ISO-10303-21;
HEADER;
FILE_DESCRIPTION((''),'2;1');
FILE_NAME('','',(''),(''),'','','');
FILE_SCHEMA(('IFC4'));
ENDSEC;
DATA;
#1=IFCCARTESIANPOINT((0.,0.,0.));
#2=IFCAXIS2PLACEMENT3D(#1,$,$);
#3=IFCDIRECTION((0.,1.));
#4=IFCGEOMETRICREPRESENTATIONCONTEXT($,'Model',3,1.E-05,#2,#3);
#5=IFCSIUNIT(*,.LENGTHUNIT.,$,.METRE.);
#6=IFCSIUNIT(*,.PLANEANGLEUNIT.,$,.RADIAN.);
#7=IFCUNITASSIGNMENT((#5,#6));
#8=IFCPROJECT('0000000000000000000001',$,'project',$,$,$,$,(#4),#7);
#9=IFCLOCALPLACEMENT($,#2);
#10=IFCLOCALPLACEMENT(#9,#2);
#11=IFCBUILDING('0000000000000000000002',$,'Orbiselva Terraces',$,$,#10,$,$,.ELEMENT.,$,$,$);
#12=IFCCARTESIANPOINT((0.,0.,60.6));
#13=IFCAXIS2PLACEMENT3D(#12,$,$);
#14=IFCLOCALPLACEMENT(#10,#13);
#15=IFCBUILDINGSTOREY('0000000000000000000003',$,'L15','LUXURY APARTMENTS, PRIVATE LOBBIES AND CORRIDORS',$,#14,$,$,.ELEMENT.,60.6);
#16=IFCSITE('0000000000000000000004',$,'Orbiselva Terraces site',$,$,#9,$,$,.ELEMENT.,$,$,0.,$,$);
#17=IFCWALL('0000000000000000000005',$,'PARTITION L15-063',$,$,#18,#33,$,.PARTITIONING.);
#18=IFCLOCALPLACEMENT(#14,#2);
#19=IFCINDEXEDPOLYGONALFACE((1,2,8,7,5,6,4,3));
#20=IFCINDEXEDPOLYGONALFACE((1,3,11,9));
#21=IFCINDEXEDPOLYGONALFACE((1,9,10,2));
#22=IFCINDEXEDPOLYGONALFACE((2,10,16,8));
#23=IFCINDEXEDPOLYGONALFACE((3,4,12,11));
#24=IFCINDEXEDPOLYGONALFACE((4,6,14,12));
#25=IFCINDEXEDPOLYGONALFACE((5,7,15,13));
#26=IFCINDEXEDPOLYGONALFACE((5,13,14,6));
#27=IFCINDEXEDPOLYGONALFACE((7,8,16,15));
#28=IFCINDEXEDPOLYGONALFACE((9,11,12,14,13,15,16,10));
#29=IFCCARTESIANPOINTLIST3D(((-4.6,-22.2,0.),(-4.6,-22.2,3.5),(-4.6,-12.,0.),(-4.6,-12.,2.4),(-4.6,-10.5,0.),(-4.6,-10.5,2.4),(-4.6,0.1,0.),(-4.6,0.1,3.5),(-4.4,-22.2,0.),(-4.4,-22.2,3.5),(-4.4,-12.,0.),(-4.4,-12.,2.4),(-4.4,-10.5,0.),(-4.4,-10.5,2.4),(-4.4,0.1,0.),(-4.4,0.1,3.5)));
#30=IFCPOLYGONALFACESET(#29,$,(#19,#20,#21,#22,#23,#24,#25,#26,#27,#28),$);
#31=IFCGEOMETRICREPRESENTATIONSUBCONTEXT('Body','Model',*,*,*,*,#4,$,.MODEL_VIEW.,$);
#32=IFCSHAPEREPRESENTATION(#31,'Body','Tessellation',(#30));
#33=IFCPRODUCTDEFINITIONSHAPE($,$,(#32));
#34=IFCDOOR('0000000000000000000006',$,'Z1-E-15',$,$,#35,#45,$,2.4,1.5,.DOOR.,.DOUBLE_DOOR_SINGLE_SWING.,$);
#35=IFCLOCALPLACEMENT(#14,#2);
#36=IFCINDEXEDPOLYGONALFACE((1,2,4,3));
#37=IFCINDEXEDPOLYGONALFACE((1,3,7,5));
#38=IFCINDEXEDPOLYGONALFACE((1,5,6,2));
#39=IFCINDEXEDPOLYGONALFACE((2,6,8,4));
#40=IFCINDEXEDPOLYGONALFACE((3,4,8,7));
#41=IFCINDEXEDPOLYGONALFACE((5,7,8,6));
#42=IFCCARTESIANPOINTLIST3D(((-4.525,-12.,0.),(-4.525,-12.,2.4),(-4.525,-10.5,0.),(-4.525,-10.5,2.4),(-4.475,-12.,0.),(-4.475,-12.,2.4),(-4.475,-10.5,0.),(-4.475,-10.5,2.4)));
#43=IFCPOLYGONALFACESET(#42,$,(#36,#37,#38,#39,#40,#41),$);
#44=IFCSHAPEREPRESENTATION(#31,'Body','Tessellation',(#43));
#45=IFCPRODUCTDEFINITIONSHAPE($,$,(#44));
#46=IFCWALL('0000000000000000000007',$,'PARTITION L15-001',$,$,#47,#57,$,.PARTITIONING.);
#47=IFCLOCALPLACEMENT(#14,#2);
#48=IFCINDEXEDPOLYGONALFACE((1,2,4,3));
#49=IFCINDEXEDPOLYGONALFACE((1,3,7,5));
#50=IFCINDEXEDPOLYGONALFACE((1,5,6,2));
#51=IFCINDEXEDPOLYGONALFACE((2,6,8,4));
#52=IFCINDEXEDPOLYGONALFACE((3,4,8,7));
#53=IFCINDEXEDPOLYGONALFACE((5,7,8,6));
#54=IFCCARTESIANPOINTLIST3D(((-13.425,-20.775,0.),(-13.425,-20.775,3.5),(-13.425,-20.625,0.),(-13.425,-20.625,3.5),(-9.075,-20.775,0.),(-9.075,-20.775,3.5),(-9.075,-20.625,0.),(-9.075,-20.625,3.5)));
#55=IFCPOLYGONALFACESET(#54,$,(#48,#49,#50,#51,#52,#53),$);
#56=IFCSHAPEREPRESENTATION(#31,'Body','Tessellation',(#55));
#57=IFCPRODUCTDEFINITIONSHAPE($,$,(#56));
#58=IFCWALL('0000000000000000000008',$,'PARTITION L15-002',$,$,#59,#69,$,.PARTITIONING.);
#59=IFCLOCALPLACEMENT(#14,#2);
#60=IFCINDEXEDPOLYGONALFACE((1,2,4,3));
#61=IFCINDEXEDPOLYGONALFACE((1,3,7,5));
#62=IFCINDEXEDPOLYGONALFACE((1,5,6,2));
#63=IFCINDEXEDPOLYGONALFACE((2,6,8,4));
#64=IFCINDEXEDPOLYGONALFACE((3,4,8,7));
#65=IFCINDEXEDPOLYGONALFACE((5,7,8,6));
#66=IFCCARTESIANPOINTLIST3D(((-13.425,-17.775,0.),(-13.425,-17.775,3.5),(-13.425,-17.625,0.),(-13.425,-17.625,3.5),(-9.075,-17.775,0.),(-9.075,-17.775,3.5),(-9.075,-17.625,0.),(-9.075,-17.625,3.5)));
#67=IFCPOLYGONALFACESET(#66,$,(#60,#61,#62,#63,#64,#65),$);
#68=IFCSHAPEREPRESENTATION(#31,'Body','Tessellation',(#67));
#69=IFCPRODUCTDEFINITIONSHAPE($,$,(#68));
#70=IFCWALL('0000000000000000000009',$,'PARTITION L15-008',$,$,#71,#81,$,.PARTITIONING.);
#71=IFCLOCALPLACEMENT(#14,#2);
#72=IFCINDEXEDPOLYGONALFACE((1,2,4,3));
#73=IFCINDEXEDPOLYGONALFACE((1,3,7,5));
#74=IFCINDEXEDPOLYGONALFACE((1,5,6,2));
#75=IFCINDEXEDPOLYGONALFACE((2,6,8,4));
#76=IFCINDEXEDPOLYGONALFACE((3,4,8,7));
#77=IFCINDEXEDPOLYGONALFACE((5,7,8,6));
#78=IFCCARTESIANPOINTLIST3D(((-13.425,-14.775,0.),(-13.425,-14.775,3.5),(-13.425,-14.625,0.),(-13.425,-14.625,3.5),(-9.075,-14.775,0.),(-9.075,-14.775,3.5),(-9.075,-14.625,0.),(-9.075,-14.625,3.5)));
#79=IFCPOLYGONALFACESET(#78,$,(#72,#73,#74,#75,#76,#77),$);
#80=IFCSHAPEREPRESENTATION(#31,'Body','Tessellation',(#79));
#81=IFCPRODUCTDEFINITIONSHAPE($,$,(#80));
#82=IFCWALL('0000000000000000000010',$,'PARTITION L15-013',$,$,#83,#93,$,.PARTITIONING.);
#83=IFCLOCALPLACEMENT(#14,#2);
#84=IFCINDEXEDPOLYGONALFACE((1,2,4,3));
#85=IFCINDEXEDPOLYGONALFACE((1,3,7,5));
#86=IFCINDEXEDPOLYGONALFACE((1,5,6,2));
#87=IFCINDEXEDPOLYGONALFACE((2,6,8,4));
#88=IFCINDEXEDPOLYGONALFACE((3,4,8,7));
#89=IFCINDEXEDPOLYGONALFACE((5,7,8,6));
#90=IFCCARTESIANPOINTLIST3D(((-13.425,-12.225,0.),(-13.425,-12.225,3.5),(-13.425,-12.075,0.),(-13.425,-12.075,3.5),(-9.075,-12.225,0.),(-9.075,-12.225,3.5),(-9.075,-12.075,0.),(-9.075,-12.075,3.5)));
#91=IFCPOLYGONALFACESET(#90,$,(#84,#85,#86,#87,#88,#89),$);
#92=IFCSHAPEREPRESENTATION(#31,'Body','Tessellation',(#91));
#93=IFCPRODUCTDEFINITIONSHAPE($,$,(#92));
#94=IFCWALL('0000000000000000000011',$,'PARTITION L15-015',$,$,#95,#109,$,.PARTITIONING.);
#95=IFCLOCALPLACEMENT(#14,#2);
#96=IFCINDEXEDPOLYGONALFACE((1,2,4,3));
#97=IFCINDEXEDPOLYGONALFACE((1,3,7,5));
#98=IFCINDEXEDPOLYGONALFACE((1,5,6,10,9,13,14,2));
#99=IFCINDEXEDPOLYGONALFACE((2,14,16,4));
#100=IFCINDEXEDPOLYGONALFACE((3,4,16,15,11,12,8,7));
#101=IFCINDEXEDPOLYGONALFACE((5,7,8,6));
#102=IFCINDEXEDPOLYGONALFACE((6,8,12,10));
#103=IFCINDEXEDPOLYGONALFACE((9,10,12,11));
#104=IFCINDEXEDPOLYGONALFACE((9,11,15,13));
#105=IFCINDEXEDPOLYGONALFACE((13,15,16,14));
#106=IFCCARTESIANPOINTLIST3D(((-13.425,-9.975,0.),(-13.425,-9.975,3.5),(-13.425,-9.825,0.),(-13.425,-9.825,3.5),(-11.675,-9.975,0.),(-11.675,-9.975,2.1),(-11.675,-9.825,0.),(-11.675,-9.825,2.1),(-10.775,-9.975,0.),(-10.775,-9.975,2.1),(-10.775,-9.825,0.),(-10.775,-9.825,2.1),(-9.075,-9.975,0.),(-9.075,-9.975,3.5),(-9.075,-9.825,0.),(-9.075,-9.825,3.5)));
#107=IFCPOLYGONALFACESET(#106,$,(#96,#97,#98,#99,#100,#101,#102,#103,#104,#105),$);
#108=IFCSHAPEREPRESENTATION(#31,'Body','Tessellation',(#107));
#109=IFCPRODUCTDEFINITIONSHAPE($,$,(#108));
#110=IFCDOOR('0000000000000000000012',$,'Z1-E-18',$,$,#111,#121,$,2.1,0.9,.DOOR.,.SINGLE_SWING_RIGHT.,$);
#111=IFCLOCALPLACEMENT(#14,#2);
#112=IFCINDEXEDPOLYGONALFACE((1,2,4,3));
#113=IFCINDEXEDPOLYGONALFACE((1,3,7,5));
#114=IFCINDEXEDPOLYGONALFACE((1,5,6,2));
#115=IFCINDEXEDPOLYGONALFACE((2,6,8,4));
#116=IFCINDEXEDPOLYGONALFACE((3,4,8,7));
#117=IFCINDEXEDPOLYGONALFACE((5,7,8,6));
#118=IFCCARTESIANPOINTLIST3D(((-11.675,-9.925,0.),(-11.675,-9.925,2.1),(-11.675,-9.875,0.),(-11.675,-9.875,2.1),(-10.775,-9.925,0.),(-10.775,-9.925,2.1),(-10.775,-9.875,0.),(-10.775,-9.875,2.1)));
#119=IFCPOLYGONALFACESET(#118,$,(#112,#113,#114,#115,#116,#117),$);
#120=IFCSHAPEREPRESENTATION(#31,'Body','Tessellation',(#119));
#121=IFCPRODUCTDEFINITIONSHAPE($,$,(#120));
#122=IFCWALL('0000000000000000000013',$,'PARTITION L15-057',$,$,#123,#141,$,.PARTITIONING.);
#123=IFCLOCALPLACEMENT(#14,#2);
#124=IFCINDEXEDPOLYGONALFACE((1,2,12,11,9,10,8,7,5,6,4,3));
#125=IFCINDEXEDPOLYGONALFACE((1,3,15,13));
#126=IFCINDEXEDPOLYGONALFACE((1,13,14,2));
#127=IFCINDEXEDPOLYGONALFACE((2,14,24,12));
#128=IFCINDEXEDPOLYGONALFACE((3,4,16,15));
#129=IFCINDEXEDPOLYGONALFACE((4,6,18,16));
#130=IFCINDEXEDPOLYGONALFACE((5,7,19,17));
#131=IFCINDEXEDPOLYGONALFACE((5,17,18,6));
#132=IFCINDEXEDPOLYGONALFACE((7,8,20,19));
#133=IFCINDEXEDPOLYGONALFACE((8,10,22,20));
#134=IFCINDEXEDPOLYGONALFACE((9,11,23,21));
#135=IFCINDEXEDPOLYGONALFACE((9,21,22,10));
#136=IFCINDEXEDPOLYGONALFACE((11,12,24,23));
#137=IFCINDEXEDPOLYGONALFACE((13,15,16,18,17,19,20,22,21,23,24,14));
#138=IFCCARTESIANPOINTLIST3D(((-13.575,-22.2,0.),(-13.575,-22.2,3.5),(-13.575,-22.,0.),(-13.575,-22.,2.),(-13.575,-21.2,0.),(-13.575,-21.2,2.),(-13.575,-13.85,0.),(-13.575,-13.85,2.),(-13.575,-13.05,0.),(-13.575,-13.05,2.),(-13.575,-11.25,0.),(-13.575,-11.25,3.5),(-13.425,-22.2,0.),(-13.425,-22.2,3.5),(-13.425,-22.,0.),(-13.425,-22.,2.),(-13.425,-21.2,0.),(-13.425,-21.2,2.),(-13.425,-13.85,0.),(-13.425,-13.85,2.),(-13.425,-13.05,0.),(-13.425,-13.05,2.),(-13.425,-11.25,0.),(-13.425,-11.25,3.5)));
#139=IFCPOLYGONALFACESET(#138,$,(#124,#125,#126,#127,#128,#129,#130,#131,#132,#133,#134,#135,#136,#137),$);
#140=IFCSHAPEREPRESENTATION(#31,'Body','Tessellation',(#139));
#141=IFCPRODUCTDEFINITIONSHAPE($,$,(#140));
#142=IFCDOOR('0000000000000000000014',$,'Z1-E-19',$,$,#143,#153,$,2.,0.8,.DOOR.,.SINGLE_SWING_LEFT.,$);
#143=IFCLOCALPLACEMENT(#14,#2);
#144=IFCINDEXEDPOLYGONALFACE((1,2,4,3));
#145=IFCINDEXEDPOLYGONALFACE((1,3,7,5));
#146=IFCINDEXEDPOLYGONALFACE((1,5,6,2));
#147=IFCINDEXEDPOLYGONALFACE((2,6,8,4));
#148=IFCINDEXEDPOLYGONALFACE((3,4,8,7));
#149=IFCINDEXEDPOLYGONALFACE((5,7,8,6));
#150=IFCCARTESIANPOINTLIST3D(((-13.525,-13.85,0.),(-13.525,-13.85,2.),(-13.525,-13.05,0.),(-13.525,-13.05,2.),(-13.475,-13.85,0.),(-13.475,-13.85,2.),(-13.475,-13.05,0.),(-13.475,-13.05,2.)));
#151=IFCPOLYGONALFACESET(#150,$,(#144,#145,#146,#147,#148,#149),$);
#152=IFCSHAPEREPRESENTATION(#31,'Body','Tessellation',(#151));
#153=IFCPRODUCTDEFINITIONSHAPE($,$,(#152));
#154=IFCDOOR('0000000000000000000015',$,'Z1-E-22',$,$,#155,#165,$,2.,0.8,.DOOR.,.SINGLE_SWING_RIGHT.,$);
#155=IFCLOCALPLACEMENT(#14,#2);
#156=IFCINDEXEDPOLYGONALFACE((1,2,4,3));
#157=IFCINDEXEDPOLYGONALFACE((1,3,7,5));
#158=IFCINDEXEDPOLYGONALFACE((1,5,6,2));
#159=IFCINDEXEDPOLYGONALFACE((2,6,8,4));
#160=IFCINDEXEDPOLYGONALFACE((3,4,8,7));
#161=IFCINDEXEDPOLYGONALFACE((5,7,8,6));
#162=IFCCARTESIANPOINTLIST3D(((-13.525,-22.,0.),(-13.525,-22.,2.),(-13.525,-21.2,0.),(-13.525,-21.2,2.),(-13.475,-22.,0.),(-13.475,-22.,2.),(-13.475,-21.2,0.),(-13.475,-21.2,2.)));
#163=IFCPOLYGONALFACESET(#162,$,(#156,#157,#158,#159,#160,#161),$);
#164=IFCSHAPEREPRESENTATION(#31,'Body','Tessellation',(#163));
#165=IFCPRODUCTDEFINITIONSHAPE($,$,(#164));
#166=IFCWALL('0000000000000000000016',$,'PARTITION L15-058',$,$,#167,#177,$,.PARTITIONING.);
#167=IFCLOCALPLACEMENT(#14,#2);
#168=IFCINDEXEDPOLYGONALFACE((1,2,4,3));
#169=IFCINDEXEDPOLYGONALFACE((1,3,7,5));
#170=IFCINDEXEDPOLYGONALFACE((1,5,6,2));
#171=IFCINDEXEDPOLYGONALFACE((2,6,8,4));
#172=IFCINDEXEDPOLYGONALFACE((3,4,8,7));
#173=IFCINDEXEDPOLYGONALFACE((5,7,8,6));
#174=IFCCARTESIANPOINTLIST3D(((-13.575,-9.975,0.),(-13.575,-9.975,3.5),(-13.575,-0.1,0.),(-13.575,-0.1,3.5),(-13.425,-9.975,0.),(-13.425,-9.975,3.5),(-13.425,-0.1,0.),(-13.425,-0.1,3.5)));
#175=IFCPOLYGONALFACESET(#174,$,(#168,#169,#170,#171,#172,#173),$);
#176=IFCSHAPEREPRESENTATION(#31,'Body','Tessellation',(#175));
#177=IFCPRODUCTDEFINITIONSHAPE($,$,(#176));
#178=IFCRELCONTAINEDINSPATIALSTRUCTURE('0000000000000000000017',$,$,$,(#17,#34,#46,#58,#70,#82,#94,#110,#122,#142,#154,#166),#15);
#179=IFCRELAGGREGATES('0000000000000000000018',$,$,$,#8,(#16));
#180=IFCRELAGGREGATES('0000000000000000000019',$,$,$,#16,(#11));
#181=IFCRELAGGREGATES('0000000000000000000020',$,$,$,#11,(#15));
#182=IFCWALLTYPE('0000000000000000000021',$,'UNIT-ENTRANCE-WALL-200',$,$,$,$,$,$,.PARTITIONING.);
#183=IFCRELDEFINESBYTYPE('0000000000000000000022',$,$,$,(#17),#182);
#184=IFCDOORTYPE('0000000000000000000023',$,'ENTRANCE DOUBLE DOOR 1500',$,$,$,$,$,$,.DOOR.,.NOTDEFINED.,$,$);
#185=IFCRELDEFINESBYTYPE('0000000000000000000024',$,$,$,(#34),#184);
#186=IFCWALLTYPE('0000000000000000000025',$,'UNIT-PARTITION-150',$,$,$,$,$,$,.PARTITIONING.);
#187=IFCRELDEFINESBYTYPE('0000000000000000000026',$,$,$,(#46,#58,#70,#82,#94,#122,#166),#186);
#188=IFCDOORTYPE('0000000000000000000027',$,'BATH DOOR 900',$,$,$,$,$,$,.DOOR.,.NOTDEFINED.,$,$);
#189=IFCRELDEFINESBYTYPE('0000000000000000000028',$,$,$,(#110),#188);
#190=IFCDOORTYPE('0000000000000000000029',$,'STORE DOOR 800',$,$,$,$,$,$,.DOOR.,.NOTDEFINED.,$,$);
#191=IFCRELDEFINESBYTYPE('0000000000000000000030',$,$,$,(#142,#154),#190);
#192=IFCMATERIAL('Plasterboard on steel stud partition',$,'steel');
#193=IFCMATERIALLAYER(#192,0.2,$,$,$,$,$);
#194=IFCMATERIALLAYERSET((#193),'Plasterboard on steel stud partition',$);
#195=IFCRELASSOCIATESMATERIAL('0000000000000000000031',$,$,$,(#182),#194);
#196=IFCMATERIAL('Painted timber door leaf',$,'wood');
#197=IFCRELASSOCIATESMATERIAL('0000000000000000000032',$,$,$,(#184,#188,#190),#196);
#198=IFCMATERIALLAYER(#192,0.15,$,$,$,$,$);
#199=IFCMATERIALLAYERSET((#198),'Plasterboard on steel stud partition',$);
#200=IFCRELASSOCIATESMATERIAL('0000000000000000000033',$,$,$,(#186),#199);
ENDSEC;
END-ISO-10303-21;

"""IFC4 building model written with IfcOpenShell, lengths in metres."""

from ifc_helpers import new_model, si_unit, direction, frame, frame_2d, origin, place, context, subcontext, project, spatial, rectangle, extrude, material, layer, layer_set, type_object, element, fill, save


model = new_model("IFC4")

# Units and contexts
model_context = context("Model", 3, precision=1e-05, world=origin(), true_north=direction((0.0, 1.0)))
body_context = subcontext(model_context, "Body", "Model", "MODEL_VIEW")
ifc_project = project(units=[si_unit("LENGTHUNIT", "METRE"), si_unit("PLANEANGLEUNIT", "RADIAN")], contexts=[model_context])

# Site, building, storey
site_placement = place(None, origin())
site = spatial("IfcSite", under=ifc_project, at=site_placement, Name="Orbiselva Terraces site", CompositionType="ELEMENT", RefElevation=0.0)
building_placement = place(site_placement, origin())
building = spatial("IfcBuilding", under=site, at=building_placement, Name="Orbiselva Terraces", CompositionType="ELEMENT")
storey_placement = place(building_placement, frame((0.0, 0.0, 60.6)))
storey = spatial("IfcBuildingStorey", under=building, at=storey_placement, Name="L15", Description="LUXURY APARTMENTS, PRIVATE LOBBIES AND CORRIDORS", CompositionType="ELEMENT", Elevation=60.6)

# Wall, opening, door
ifc_material_1 = material(Name="Plasterboard on steel stud partition", Category="steel")
ifc_layer_1 = layer(ifc_material_1, 0.2)
ifc_layer_set_1 = layer_set([ifc_layer_1], Name="Plasterboard on steel stud partition")
wall_type_1 = type_object("IfcWallType", Name="UNIT-ENTRANCE-WALL-200", PredefinedType="PARTITIONING", material=ifc_layer_set_1)
wall_1_placement = place(storey_placement, frame((-4.5, -22.2, 0.0), z_axis=(0.0, 0.0, 1.0), x_axis=(0.0, 1.0, 0.0)))
wall_1 = element("IfcWall", 1, at=wall_1_placement, inside=storey, type_object=wall_type_1, Name="PARTITION L15-063", PredefinedType="PARTITIONING", context=body_context, shape_type="SweptSolid", body=[
    extrude(rectangle(XDim=22.3, YDim=0.2, at=frame_2d((11.15, 0.0))), origin(), (0.0, 0.0, 1.0), 3.5),
])
opening_1_placement = place(wall_1_placement, frame((10.2, 0.0, 0.0)))
opening_1 = element("IfcOpeningElement", 2, at=opening_1_placement, cuts=wall_1, PredefinedType="OPENING", context=body_context, shape_type="SweptSolid", body=[
    extrude(rectangle(XDim=1.5, YDim=2.4, at=frame_2d((0.75, 1.2))), frame((0.0, 0.11, 0.0), z_axis=(0.0, -1.0, 0.0), x_axis=(1.0, 0.0, 0.0)), (0.0, 0.0, 1.0), 0.22),
])
ifc_material_2 = material(Name="Painted timber door leaf", Category="wood")
door_type_1 = type_object("IfcDoorType", Name="ENTRANCE DOUBLE DOOR 1500", OperationType="NOTDEFINED", PredefinedType="DOOR", material=ifc_material_2)
door_1_placement = place(opening_1_placement, origin())
door_1 = element("IfcDoor", 3, at=door_1_placement, inside=storey, type_object=door_type_1, Name="Z1-E-15", OperationType="DOUBLE_DOOR_SINGLE_SWING", OverallHeight=2.4, OverallWidth=1.5, PredefinedType="DOOR", context=body_context, shape_type="SweptSolid", body=[
    extrude(rectangle(XDim=1.5, YDim=2.4, at=frame_2d((0.75, 1.2))), frame((0.0, 0.025, 0.0), z_axis=(0.0, -1.0, 0.0), x_axis=(1.0, 0.0, 0.0)), (0.0, 0.0, 1.0), 0.05),
])
fill(opening_1, door_1)

# Walls
ifc_layer_2 = layer(ifc_material_1, 0.15)
ifc_layer_set_2 = layer_set([ifc_layer_2], Name="Plasterboard on steel stud partition")
wall_type_2 = type_object("IfcWallType", Name="UNIT-PARTITION-150", PredefinedType="PARTITIONING", material=ifc_layer_set_2)
for number, where, z_axis, x_axis, name in (
    (4, (-13.425, -20.7, 0.0), (0.0, 0.0, 1.0), (1.0, 0.0, 0.0), "PARTITION L15-001"),
    (5, (-13.425, -17.7, 0.0), (0.0, 0.0, 1.0), (1.0, 0.0, 0.0), "PARTITION L15-002"),
    (6, (-13.425, -14.7, 0.0), (0.0, 0.0, 1.0), (1.0, 0.0, 0.0), "PARTITION L15-008"),
    (7, (-13.425, -12.15, 0.0), (0.0, 0.0, 1.0), (1.0, 0.0, 0.0), "PARTITION L15-013"),
):
    element("IfcWall", number, at=place(storey_placement, frame(where, z_axis=z_axis, x_axis=x_axis)), inside=storey, type_object=wall_type_2, Name=name, PredefinedType="PARTITIONING", context=body_context, shape_type="SweptSolid", body=[
        extrude(rectangle(XDim=4.35, YDim=0.15, at=frame_2d((2.175, 0.0))), origin(), (0.0, 0.0, 1.0), 3.5),
    ])

# Wall, opening, door
wall_2_placement = place(storey_placement, frame((-13.425, -9.9, 0.0), z_axis=(0.0, 0.0, 1.0), x_axis=(1.0, 0.0, 0.0)))
wall_2 = element("IfcWall", 8, at=wall_2_placement, inside=storey, type_object=wall_type_2, Name="PARTITION L15-015", PredefinedType="PARTITIONING", context=body_context, shape_type="SweptSolid", body=[
    extrude(rectangle(XDim=4.35, YDim=0.15, at=frame_2d((2.175, 0.0))), origin(), (0.0, 0.0, 1.0), 3.5),
])
opening_2_placement = place(wall_2_placement, frame((1.75, 0.0, 0.0)))
opening_2 = element("IfcOpeningElement", 9, at=opening_2_placement, cuts=wall_2, PredefinedType="OPENING", context=body_context, shape_type="SweptSolid", body=[
    extrude(rectangle(XDim=0.9, YDim=2.1, at=frame_2d((0.45, 1.05))), frame((0.0, 0.085, 0.0), z_axis=(0.0, -1.0, 0.0), x_axis=(1.0, 0.0, 0.0)), (0.0, 0.0, 1.0), 0.17),
])
door_type_2 = type_object("IfcDoorType", Name="BATH DOOR 900", OperationType="NOTDEFINED", PredefinedType="DOOR", material=ifc_material_2)
door_2_placement = place(opening_2_placement, origin())
door_2 = element("IfcDoor", 10, at=door_2_placement, inside=storey, type_object=door_type_2, Name="Z1-E-18", OperationType="SINGLE_SWING_RIGHT", OverallHeight=2.1, OverallWidth=0.9, PredefinedType="DOOR", context=body_context, shape_type="SweptSolid", body=[
    extrude(rectangle(XDim=0.9, YDim=2.1, at=frame_2d((0.45, 1.05))), frame((0.0, 0.025, 0.0), z_axis=(0.0, -1.0, 0.0), x_axis=(1.0, 0.0, 0.0)), (0.0, 0.0, 1.0), 0.05),
])
fill(opening_2, door_2)

# Wall, openings, doors
wall_3_placement = place(storey_placement, frame((-13.5, -11.25, 0.0), z_axis=(0.0, 0.0, 1.0), x_axis=(0.0, -1.0, 0.0)))
wall_3 = element("IfcWall", 11, at=wall_3_placement, inside=storey, type_object=wall_type_2, Name="PARTITION L15-057", PredefinedType="PARTITIONING", context=body_context, shape_type="SweptSolid", body=[
    extrude(rectangle(XDim=10.95, YDim=0.15, at=frame_2d((5.475, 0.0))), origin(), (0.0, 0.0, 1.0), 3.5),
])
opening_3_placement = place(wall_3_placement, frame((1.8, 0.0, 0.0)))
opening_3 = element("IfcOpeningElement", 12, at=opening_3_placement, cuts=wall_3, PredefinedType="OPENING", context=body_context, shape_type="SweptSolid", body=[
    extrude(rectangle(XDim=0.8, YDim=2.0, at=frame_2d((0.4, 1.0))), frame((0.0, 0.085, 0.0), z_axis=(0.0, -1.0, 0.0), x_axis=(1.0, 0.0, 0.0)), (0.0, 0.0, 1.0), 0.17),
])
opening_4_placement = place(wall_3_placement, frame((9.95, 0.0, 0.0)))
opening_4 = element("IfcOpeningElement", 13, at=opening_4_placement, cuts=wall_3, PredefinedType="OPENING", context=body_context, shape_type="SweptSolid", body=[
    extrude(rectangle(XDim=0.8, YDim=2.0, at=frame_2d((0.4, 1.0))), frame((0.0, 0.085, 0.0), z_axis=(0.0, -1.0, 0.0), x_axis=(1.0, 0.0, 0.0)), (0.0, 0.0, 1.0), 0.17),
])
door_type_3 = type_object("IfcDoorType", Name="STORE DOOR 800", OperationType="NOTDEFINED", PredefinedType="DOOR", material=ifc_material_2)
door_3_placement = place(opening_3_placement, origin())
door_3 = element("IfcDoor", 14, at=door_3_placement, inside=storey, type_object=door_type_3, Name="Z1-E-19", OperationType="SINGLE_SWING_LEFT", OverallHeight=2.0, OverallWidth=0.8, PredefinedType="DOOR", context=body_context, shape_type="SweptSolid", body=[
    extrude(rectangle(XDim=0.8, YDim=2.0, at=frame_2d((0.4, 1.0))), frame((0.0, 0.025, 0.0), z_axis=(0.0, -1.0, 0.0), x_axis=(1.0, 0.0, 0.0)), (0.0, 0.0, 1.0), 0.05),
])
fill(opening_3, door_3)
door_4_placement = place(opening_4_placement, origin())
door_4 = element("IfcDoor", 15, at=door_4_placement, inside=storey, type_object=door_type_3, Name="Z1-E-22", OperationType="SINGLE_SWING_RIGHT", OverallHeight=2.0, OverallWidth=0.8, PredefinedType="DOOR", context=body_context, shape_type="SweptSolid", body=[
    extrude(rectangle(XDim=0.8, YDim=2.0, at=frame_2d((0.4, 1.0))), frame((0.0, 0.025, 0.0), z_axis=(0.0, -1.0, 0.0), x_axis=(1.0, 0.0, 0.0)), (0.0, 0.0, 1.0), 0.05),
])
fill(opening_4, door_4)

# Wall
wall_4_placement = place(storey_placement, frame((-13.5, -9.975, 0.0), z_axis=(0.0, 0.0, 1.0), x_axis=(0.0, 1.0, 0.0)))
element("IfcWall", 16, at=wall_4_placement, inside=storey, type_object=wall_type_2, Name="PARTITION L15-058", PredefinedType="PARTITIONING", context=body_context, shape_type="SweptSolid", body=[
    extrude(rectangle(XDim=9.875, YDim=0.15, at=frame_2d((4.9375, 0.0))), origin(), (0.0, 0.0, 1.0), 3.5),
])

save(model, "model.ifc")
